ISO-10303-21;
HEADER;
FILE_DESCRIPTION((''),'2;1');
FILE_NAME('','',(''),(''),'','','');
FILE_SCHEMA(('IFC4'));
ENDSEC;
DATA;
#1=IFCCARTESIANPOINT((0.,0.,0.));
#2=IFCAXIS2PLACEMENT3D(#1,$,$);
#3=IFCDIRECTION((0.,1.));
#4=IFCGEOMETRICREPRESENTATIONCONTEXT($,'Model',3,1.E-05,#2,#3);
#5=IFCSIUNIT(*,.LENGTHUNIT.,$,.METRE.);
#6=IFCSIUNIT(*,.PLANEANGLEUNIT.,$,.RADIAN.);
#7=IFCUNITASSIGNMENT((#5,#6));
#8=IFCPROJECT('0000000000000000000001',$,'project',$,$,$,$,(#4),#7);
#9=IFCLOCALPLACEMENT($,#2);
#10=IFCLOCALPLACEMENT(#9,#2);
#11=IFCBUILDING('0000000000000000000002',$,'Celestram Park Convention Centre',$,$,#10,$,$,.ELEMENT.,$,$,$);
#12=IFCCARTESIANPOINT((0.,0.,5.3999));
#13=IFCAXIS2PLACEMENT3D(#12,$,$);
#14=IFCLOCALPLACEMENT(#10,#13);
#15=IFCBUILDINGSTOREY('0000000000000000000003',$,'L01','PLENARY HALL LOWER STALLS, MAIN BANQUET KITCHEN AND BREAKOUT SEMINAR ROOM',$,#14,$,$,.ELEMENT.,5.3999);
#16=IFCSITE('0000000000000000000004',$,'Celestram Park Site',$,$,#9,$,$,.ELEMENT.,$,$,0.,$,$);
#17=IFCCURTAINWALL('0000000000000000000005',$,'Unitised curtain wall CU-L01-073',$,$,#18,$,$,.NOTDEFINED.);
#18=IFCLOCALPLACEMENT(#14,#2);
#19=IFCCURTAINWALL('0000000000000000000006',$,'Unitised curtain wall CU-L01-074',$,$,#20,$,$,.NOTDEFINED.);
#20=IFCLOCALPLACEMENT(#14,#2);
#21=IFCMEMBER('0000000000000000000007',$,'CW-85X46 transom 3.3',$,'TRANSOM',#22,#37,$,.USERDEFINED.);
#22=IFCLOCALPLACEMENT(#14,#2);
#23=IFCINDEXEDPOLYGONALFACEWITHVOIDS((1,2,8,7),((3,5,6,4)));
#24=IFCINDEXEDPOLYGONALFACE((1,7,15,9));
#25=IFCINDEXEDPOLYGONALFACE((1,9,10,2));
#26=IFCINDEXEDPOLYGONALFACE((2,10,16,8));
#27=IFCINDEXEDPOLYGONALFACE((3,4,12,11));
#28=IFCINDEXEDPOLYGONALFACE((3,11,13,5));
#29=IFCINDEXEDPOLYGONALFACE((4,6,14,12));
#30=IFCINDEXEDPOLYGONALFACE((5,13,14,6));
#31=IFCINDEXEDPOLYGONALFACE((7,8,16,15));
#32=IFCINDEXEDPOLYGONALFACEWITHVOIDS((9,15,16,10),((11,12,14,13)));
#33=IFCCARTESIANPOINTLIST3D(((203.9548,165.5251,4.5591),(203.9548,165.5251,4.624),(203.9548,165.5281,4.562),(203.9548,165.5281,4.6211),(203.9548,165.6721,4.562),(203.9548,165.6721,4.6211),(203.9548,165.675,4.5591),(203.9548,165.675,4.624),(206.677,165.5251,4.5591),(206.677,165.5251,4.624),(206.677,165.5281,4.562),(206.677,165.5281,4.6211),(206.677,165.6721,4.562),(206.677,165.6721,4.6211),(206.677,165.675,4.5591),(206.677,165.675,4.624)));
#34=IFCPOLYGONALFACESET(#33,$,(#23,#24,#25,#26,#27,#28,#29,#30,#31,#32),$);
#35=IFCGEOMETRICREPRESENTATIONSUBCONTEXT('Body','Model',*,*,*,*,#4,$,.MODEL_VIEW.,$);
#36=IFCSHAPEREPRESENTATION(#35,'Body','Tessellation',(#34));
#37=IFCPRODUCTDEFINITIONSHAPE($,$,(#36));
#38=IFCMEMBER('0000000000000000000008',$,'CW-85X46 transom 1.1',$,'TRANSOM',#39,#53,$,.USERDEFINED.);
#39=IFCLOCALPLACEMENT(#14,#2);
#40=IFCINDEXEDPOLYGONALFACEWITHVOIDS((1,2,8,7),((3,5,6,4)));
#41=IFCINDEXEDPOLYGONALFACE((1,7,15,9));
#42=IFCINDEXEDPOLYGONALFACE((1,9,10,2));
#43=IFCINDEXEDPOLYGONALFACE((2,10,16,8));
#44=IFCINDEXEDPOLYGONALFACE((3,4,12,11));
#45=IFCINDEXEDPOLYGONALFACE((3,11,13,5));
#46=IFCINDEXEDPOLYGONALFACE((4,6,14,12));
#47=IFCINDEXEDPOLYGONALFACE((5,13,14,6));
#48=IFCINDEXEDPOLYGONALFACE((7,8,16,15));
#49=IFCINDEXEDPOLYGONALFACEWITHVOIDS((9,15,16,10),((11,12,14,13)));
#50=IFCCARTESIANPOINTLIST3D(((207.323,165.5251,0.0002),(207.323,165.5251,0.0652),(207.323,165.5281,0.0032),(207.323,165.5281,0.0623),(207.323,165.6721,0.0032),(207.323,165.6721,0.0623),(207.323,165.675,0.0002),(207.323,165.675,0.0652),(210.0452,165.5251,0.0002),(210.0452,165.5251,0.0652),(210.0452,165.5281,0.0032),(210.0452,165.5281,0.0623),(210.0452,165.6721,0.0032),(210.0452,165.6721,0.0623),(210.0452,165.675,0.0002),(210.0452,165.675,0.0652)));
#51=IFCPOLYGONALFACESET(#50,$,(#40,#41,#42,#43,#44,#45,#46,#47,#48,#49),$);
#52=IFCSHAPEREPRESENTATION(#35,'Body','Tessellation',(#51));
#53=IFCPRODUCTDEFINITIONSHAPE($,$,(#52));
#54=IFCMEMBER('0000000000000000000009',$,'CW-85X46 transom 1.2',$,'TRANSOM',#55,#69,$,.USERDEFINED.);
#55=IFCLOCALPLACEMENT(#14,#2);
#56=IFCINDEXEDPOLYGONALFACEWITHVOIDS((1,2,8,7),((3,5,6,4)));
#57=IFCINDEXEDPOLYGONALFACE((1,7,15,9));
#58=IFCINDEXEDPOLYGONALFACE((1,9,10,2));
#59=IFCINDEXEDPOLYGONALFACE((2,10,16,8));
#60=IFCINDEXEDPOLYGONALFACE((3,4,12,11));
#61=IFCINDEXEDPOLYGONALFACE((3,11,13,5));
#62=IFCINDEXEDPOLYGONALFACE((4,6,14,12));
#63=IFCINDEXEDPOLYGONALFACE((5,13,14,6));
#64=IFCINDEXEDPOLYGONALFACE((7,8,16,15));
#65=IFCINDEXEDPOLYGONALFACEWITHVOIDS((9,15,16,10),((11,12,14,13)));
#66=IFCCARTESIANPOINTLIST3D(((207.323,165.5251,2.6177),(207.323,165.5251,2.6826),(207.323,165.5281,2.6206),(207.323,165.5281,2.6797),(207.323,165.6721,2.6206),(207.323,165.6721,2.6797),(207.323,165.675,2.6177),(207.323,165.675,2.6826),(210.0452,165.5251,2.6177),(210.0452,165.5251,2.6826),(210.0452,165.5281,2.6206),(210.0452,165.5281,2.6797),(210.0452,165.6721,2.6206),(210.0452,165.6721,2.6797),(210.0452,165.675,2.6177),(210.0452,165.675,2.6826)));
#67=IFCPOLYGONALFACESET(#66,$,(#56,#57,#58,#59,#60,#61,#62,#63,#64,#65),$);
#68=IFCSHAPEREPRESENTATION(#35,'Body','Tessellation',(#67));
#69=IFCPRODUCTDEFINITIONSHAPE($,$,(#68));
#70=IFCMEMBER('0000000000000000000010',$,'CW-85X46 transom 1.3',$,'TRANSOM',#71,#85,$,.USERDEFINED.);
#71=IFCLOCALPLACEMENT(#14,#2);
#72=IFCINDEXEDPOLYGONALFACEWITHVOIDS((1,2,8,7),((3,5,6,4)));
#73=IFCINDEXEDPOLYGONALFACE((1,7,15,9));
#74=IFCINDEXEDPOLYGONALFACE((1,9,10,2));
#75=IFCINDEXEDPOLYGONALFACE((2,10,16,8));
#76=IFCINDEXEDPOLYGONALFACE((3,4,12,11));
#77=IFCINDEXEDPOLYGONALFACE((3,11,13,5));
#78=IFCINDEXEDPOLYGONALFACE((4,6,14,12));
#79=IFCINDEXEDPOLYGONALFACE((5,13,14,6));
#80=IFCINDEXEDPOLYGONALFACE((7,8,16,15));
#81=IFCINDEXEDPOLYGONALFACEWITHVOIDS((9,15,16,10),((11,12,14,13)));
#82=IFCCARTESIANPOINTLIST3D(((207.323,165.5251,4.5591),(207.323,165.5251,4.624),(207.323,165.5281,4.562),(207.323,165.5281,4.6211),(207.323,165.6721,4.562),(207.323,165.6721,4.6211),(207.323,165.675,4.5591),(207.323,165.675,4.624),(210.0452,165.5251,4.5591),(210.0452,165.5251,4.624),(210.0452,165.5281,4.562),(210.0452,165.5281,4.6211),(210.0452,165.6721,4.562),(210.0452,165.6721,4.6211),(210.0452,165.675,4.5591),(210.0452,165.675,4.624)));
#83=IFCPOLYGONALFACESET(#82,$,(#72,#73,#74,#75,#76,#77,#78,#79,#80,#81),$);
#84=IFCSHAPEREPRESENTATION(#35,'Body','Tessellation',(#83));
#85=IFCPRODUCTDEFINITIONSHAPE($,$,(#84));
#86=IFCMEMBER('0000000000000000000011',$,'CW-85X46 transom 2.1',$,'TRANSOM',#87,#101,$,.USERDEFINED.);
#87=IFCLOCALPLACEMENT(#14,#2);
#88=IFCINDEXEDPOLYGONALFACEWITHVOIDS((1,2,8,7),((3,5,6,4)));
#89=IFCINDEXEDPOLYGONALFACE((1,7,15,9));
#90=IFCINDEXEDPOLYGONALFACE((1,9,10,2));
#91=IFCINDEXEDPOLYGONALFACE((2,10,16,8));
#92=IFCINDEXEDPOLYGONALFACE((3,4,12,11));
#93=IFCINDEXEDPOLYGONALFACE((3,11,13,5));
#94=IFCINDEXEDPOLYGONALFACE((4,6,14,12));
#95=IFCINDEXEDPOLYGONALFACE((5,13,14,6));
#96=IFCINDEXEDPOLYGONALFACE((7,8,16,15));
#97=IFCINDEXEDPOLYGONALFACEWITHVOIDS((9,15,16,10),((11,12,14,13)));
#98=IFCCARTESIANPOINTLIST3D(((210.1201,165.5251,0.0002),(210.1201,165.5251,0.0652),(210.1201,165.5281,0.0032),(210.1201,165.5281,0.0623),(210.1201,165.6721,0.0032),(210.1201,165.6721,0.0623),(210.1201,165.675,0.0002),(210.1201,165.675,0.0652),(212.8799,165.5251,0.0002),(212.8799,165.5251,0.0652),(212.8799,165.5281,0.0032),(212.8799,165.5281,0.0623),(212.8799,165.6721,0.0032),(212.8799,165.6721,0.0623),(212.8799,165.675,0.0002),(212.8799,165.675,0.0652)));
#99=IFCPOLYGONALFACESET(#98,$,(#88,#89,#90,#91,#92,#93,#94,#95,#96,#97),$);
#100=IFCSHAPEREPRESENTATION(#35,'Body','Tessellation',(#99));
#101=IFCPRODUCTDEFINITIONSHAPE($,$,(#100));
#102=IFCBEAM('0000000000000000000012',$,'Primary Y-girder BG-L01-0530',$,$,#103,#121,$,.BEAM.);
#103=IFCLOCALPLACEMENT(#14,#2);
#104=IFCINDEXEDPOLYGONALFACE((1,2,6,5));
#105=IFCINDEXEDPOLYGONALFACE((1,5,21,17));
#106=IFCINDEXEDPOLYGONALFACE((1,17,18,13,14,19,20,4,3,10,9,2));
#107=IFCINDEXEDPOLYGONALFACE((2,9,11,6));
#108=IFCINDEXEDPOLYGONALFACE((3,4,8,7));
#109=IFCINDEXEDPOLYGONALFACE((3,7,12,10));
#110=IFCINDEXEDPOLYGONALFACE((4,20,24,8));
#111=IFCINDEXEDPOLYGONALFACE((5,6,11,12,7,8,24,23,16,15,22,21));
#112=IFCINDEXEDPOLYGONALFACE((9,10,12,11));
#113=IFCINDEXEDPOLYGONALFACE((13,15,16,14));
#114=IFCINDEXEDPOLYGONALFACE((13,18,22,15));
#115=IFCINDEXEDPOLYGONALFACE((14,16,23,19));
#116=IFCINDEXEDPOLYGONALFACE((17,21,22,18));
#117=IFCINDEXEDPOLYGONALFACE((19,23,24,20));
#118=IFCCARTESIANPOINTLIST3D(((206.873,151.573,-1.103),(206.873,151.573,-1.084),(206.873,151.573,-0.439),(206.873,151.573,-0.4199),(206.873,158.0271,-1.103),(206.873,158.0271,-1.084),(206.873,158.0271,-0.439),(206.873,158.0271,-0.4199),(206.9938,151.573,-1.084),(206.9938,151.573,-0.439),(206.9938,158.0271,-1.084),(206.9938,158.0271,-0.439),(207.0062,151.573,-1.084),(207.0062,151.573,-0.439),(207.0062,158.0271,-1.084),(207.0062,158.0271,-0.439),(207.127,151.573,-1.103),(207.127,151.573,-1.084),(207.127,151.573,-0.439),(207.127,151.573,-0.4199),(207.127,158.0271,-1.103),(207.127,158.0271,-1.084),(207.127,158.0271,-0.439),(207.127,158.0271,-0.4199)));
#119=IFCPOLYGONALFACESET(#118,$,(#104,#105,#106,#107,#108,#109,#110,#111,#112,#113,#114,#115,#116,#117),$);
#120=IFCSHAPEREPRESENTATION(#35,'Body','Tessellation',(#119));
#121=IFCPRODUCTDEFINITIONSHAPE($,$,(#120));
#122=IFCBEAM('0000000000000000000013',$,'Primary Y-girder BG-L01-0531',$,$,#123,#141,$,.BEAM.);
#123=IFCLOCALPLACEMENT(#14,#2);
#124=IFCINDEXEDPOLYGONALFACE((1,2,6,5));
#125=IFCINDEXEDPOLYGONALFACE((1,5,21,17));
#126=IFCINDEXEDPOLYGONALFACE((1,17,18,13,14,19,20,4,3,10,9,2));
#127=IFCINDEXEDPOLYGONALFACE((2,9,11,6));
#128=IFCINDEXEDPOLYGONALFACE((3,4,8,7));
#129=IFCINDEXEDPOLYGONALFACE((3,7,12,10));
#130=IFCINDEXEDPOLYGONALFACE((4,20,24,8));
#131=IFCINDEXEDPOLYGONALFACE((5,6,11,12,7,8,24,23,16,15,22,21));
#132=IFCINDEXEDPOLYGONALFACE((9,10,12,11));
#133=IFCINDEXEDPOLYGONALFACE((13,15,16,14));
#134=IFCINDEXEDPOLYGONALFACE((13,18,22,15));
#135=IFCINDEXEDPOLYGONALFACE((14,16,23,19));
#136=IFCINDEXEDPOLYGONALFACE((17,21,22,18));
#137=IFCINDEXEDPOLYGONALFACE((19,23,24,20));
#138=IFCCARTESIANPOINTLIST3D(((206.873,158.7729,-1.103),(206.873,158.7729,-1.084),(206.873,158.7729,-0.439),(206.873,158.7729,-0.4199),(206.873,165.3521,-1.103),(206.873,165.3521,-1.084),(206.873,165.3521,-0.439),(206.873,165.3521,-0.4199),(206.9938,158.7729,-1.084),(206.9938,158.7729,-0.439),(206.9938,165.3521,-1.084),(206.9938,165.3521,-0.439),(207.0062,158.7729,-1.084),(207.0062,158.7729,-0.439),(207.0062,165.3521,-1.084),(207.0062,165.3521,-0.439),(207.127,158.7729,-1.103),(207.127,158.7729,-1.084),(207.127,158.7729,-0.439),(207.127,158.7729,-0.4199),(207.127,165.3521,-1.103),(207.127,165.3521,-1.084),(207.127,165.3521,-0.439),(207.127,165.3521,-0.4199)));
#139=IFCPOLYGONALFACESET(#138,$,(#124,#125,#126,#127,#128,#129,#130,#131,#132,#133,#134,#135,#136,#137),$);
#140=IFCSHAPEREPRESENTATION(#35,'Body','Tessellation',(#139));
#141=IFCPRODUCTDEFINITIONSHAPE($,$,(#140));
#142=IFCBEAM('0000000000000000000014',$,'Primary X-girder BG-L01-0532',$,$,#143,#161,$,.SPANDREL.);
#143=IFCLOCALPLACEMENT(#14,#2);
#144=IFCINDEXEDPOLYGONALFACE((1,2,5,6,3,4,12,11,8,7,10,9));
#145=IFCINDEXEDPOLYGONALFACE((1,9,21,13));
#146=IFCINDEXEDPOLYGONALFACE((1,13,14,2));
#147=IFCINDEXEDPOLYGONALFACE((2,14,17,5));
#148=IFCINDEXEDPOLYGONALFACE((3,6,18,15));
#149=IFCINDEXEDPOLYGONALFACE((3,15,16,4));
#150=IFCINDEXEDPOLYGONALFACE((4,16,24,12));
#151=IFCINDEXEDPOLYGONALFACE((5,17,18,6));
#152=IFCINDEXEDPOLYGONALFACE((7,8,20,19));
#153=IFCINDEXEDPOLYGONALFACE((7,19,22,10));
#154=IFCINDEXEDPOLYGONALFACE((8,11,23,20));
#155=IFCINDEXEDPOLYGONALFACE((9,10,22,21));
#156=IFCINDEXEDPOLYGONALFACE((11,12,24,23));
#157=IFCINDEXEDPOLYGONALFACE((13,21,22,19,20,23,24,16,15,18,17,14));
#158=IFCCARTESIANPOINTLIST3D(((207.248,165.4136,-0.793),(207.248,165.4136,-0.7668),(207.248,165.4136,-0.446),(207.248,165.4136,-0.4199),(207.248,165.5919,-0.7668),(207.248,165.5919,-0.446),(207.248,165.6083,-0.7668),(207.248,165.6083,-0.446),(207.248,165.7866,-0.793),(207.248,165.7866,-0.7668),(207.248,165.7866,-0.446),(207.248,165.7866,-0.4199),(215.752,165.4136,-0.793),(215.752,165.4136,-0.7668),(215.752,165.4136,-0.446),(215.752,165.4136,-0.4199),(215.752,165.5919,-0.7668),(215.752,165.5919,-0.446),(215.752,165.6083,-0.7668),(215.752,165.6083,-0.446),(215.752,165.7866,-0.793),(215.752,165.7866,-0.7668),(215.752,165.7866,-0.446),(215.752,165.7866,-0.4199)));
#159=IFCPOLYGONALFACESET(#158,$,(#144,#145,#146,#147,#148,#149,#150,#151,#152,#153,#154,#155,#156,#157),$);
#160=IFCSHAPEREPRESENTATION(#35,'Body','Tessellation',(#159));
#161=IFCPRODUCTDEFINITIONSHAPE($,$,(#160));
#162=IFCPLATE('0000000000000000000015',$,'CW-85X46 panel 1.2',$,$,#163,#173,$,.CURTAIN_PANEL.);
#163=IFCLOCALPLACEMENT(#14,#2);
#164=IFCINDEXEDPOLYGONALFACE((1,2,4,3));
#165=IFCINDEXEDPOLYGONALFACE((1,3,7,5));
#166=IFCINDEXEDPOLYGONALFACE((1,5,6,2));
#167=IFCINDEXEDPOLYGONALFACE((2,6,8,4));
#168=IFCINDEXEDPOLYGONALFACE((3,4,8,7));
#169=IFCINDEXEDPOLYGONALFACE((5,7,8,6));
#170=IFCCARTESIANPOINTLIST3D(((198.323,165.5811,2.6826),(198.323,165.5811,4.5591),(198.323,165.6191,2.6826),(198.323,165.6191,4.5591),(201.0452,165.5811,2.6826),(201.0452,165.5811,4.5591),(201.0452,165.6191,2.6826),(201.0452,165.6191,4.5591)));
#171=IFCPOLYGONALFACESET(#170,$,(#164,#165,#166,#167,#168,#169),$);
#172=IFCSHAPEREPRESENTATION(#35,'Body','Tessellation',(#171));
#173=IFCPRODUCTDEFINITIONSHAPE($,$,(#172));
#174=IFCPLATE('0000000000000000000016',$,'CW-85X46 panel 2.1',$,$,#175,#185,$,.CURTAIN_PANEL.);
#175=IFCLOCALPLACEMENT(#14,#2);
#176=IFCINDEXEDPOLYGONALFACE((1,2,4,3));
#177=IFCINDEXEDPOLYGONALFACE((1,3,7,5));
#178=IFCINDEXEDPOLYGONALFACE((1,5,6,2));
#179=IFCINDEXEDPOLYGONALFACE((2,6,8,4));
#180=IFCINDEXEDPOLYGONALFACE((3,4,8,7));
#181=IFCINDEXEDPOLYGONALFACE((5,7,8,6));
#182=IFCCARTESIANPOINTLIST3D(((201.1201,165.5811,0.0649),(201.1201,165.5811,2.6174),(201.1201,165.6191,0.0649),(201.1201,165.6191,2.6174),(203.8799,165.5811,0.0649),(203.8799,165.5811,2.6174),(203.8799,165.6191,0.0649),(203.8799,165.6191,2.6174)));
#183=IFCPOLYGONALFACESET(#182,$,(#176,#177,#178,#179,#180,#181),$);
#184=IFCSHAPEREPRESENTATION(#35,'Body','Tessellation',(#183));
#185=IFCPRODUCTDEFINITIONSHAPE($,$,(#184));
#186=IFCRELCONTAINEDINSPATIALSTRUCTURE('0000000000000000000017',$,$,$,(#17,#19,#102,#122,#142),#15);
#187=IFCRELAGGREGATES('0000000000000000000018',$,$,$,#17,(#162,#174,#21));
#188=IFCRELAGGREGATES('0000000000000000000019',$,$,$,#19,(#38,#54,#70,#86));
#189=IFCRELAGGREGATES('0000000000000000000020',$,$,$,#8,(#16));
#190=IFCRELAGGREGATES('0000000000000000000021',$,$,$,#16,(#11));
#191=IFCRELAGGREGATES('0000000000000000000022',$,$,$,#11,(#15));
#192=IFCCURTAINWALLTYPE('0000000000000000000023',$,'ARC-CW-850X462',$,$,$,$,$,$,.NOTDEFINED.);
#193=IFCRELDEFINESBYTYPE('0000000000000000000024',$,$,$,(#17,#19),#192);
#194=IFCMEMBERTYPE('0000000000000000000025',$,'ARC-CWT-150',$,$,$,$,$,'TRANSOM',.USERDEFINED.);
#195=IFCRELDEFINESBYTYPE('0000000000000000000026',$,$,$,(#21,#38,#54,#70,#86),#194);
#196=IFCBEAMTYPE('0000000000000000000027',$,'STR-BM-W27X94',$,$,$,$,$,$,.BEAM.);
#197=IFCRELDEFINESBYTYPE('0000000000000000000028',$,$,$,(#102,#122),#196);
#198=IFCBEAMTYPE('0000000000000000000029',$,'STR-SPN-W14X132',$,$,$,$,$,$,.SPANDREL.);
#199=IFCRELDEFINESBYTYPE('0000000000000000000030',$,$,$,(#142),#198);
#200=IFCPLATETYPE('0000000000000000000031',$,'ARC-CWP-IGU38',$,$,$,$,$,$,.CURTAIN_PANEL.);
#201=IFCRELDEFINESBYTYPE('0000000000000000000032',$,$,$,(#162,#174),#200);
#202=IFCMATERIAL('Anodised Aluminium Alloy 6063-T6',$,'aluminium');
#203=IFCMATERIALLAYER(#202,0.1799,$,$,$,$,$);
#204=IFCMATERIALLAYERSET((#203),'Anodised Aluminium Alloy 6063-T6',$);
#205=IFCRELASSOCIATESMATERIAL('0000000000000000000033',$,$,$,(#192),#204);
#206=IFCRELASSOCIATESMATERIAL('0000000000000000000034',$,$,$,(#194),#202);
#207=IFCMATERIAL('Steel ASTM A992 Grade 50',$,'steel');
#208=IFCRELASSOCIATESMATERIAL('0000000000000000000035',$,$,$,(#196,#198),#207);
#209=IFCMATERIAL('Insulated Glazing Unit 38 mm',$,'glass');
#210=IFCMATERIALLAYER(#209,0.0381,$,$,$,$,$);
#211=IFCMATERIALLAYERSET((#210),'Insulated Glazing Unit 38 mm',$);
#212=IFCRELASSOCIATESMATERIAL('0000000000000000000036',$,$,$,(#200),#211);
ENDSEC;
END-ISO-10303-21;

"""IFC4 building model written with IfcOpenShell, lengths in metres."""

from ifc_helpers import new_model, si_unit, direction, frame, origin, origin_2d, place, context, subcontext, project, spatial, rectangle, hollow_rectangle, i_section, extrude, material, layer, layer_set, material_profile, profile_set, type_object, element, aggregate, save


model = new_model("IFC4")

# Units and contexts
model_context = context("Model", 3, precision=1e-05, world=origin(), true_north=direction((0.0, 1.0)))
body_context = subcontext(model_context, "Body", "Model", "MODEL_VIEW")
ifc_project = project(units=[si_unit("LENGTHUNIT", "METRE"), si_unit("PLANEANGLEUNIT", "RADIAN")], contexts=[model_context])

# Site, building, storey
site_placement = place(None, origin())
site = spatial("IfcSite", under=ifc_project, at=site_placement, Name="Celestram Park Site", CompositionType="ELEMENT", RefElevation=0.0)
building_placement = place(site_placement, origin())
building = spatial("IfcBuilding", under=site, at=building_placement, Name="Celestram Park Convention Centre", CompositionType="ELEMENT")
storey_placement = place(building_placement, frame((0.0, 0.0, 5.3999)))
storey = spatial("IfcBuildingStorey", under=building, at=storey_placement, Name="L01", Description="PLENARY HALL LOWER STALLS, MAIN BANQUET KITCHEN AND BREAKOUT SEMINAR ROOM", CompositionType="ELEMENT", Elevation=5.3999)

# Curtain walls
ifc_material_1 = material(Name="Anodised Aluminium Alloy 6063-T6", Category="aluminium")
ifc_layer_1 = layer(ifc_material_1, 0.1799)
ifc_layer_set_1 = layer_set([ifc_layer_1], Name="Anodised Aluminium Alloy 6063-T6")
curtain_wall_type = type_object("IfcCurtainWallType", Name="ARC-CW-850X462", PredefinedType="NOTDEFINED", material=ifc_layer_set_1)
curtain_wall_1_placement = place(storey_placement, origin())
curtain_wall_1 = element("IfcCurtainWall", 1, at=curtain_wall_1_placement, inside=storey, type_object=curtain_wall_type, Name="Unitised curtain wall CU-L01-073", PredefinedType="NOTDEFINED")
curtain_wall_2_placement = place(storey_placement, origin())
curtain_wall_2 = element("IfcCurtainWall", 2, at=curtain_wall_2_placement, inside=storey, type_object=curtain_wall_type, Name="Unitised curtain wall CU-L01-074", PredefinedType="NOTDEFINED")

# Members
ifc_material_profile_1 = material_profile(ifc_material_1, hollow_rectangle(XDim=0.1499, YDim=0.0649, WallThickness=0.0029, at=origin_2d()), Name="ALU150X65X3")
ifc_profile_set_1 = profile_set([ifc_material_profile_1], Name="Anodised Aluminium Alloy 6063-T6")
member_type_1 = type_object("IfcMemberType", Name="ARC-CWT-150", ElementType="TRANSOM", PredefinedType="USERDEFINED", material=ifc_profile_set_1)
member_1_placement = place(storey_placement, frame((203.9548, 165.6001, 4.5916), z_axis=(1.0, 0.0, 0.0), x_axis=(0.0, 1.0, 0.0)))
member_1 = element("IfcMember", 3, at=member_1_placement, type_object=member_type_1, Name="CW-85X46 transom 3.3", ObjectType="TRANSOM", PredefinedType="USERDEFINED", context=body_context, shape_type="SweptSolid", body=[
    extrude(hollow_rectangle(XDim=0.1499, YDim=0.0649, WallThickness=0.0029, at=origin_2d()), origin(), (0.0, 0.0, 1.0), 2.7222),
])
member_2_placement = place(storey_placement, frame((207.323, 165.6001, 0.0327), z_axis=(1.0, 0.0, 0.0), x_axis=(0.0, 1.0, 0.0)))
member_2 = element("IfcMember", 4, at=member_2_placement, type_object=member_type_1, Name="CW-85X46 transom 1.1", ObjectType="TRANSOM", PredefinedType="USERDEFINED", context=body_context, shape_type="SweptSolid", body=[
    extrude(hollow_rectangle(XDim=0.1499, YDim=0.0649, WallThickness=0.0029, at=origin_2d()), origin(), (0.0, 0.0, 1.0), 2.7222),
])
member_3_placement = place(storey_placement, frame((207.323, 165.6001, 2.6501), z_axis=(1.0, 0.0, 0.0), x_axis=(0.0, 1.0, 0.0)))
member_3 = element("IfcMember", 5, at=member_3_placement, type_object=member_type_1, Name="CW-85X46 transom 1.2", ObjectType="TRANSOM", PredefinedType="USERDEFINED", context=body_context, shape_type="SweptSolid", body=[
    extrude(hollow_rectangle(XDim=0.1499, YDim=0.0649, WallThickness=0.0029, at=origin_2d()), origin(), (0.0, 0.0, 1.0), 2.7222),
])
member_4_placement = place(storey_placement, frame((207.323, 165.6001, 4.5916), z_axis=(1.0, 0.0, 0.0), x_axis=(0.0, 1.0, 0.0)))
member_4 = element("IfcMember", 6, at=member_4_placement, type_object=member_type_1, Name="CW-85X46 transom 1.3", ObjectType="TRANSOM", PredefinedType="USERDEFINED", context=body_context, shape_type="SweptSolid", body=[
    extrude(hollow_rectangle(XDim=0.1499, YDim=0.0649, WallThickness=0.0029, at=origin_2d()), origin(), (0.0, 0.0, 1.0), 2.7222),
])
member_5_placement = place(storey_placement, frame((210.1201, 165.6001, 0.0327), z_axis=(1.0, 0.0, 0.0), x_axis=(0.0, 1.0, 0.0)))
member_5 = element("IfcMember", 7, at=member_5_placement, type_object=member_type_1, Name="CW-85X46 transom 2.1", ObjectType="TRANSOM", PredefinedType="USERDEFINED", context=body_context, shape_type="SweptSolid", body=[
    extrude(hollow_rectangle(XDim=0.1499, YDim=0.0649, WallThickness=0.0029, at=origin_2d()), origin(), (0.0, 0.0, 1.0), 2.7598),
])

# Beams
ifc_material_2 = material(Name="Steel ASTM A992 Grade 50", Category="steel")
ifc_material_profile_2 = material_profile(ifc_material_2, i_section(OverallWidth=0.2539, OverallDepth=0.6831, WebThickness=0.0125, FlangeThickness=0.019, at=origin_2d()), Name="W27X94")
ifc_profile_set_2 = profile_set([ifc_material_profile_2], Name="Steel ASTM A992 Grade 50")
beam_type_1 = type_object("IfcBeamType", Name="STR-BM-W27X94", PredefinedType="BEAM", material=ifc_profile_set_2)
beam_1_placement = place(storey_placement, frame((207.0, 151.573, -0.7615), z_axis=(0.0, 1.0, 0.0), x_axis=(-1.0, 0.0, 0.0)))
element("IfcBeam", 8, at=beam_1_placement, inside=storey, type_object=beam_type_1, Name="Primary Y-girder BG-L01-0530", PredefinedType="BEAM", context=body_context, shape_type="SweptSolid", body=[
    extrude(i_section(OverallWidth=0.2539, OverallDepth=0.6831, WebThickness=0.0125, FlangeThickness=0.019, at=origin_2d()), origin(), (0.0, 0.0, 1.0), 6.4541),
])
beam_2_placement = place(storey_placement, frame((207.0, 158.7729, -0.7615), z_axis=(0.0, 1.0, 0.0), x_axis=(-1.0, 0.0, 0.0)))
element("IfcBeam", 9, at=beam_2_placement, inside=storey, type_object=beam_type_1, Name="Primary Y-girder BG-L01-0531", PredefinedType="BEAM", context=body_context, shape_type="SweptSolid", body=[
    extrude(i_section(OverallWidth=0.2539, OverallDepth=0.6831, WebThickness=0.0125, FlangeThickness=0.019, at=origin_2d()), origin(), (0.0, 0.0, 1.0), 6.5791),
])
ifc_material_profile_3 = material_profile(ifc_material_2, i_section(OverallWidth=0.373, OverallDepth=0.373, WebThickness=0.0164, FlangeThickness=0.0261, at=origin_2d()), Name="W14X132")
ifc_profile_set_3 = profile_set([ifc_material_profile_3], Name="Steel ASTM A992 Grade 50")
beam_type_2 = type_object("IfcBeamType", Name="STR-SPN-W14X132", PredefinedType="SPANDREL", material=ifc_profile_set_3)
beam_3_placement = place(storey_placement, frame((207.248, 165.6001, -0.6064), z_axis=(1.0, 0.0, 0.0), x_axis=(0.0, 1.0, 0.0)))
element("IfcBeam", 10, at=beam_3_placement, inside=storey, type_object=beam_type_2, Name="Primary X-girder BG-L01-0532", PredefinedType="SPANDREL", context=body_context, shape_type="SweptSolid", body=[
    extrude(i_section(OverallWidth=0.373, OverallDepth=0.373, WebThickness=0.0164, FlangeThickness=0.0261, at=origin_2d()), origin(), (0.0, 0.0, 1.0), 8.5039),
])

# Plates
ifc_material_3 = material(Name="Insulated Glazing Unit 38 mm", Category="glass")
ifc_layer_2 = layer(ifc_material_3, 0.0381)
ifc_layer_set_2 = layer_set([ifc_layer_2], Name="Insulated Glazing Unit 38 mm")
plate_type_1 = type_object("IfcPlateType", Name="ARC-CWP-IGU38", PredefinedType="CURTAIN_PANEL", material=ifc_layer_set_2)
plate_1_placement = place(storey_placement, frame((199.6841, 165.6001, 2.6826), z_axis=(0.0, 0.0, 1.0), x_axis=(1.0, 0.0, 0.0)))
plate_1 = element("IfcPlate", 11, at=plate_1_placement, type_object=plate_type_1, Name="CW-85X46 panel 1.2", PredefinedType="CURTAIN_PANEL", context=body_context, shape_type="SweptSolid", body=[
    extrude(rectangle(XDim=2.7222, YDim=0.0381, at=origin_2d()), origin(), (0.0, 0.0, 1.0), 1.8765),
])
plate_2_placement = place(storey_placement, frame((202.5, 165.6001, 0.0649), z_axis=(0.0, 0.0, 1.0), x_axis=(1.0, 0.0, 0.0)))
plate_2 = element("IfcPlate", 12, at=plate_2_placement, type_object=plate_type_1, Name="CW-85X46 panel 2.1", PredefinedType="CURTAIN_PANEL", context=body_context, shape_type="SweptSolid", body=[
    extrude(rectangle(XDim=2.7598, YDim=0.0381, at=origin_2d()), origin(), (0.0, 0.0, 1.0), 2.5525),
])
aggregate(curtain_wall_1, [plate_1, plate_2, member_1])
aggregate(curtain_wall_2, [member_2, member_3, member_4, member_5])

save(model, "model.ifc")
